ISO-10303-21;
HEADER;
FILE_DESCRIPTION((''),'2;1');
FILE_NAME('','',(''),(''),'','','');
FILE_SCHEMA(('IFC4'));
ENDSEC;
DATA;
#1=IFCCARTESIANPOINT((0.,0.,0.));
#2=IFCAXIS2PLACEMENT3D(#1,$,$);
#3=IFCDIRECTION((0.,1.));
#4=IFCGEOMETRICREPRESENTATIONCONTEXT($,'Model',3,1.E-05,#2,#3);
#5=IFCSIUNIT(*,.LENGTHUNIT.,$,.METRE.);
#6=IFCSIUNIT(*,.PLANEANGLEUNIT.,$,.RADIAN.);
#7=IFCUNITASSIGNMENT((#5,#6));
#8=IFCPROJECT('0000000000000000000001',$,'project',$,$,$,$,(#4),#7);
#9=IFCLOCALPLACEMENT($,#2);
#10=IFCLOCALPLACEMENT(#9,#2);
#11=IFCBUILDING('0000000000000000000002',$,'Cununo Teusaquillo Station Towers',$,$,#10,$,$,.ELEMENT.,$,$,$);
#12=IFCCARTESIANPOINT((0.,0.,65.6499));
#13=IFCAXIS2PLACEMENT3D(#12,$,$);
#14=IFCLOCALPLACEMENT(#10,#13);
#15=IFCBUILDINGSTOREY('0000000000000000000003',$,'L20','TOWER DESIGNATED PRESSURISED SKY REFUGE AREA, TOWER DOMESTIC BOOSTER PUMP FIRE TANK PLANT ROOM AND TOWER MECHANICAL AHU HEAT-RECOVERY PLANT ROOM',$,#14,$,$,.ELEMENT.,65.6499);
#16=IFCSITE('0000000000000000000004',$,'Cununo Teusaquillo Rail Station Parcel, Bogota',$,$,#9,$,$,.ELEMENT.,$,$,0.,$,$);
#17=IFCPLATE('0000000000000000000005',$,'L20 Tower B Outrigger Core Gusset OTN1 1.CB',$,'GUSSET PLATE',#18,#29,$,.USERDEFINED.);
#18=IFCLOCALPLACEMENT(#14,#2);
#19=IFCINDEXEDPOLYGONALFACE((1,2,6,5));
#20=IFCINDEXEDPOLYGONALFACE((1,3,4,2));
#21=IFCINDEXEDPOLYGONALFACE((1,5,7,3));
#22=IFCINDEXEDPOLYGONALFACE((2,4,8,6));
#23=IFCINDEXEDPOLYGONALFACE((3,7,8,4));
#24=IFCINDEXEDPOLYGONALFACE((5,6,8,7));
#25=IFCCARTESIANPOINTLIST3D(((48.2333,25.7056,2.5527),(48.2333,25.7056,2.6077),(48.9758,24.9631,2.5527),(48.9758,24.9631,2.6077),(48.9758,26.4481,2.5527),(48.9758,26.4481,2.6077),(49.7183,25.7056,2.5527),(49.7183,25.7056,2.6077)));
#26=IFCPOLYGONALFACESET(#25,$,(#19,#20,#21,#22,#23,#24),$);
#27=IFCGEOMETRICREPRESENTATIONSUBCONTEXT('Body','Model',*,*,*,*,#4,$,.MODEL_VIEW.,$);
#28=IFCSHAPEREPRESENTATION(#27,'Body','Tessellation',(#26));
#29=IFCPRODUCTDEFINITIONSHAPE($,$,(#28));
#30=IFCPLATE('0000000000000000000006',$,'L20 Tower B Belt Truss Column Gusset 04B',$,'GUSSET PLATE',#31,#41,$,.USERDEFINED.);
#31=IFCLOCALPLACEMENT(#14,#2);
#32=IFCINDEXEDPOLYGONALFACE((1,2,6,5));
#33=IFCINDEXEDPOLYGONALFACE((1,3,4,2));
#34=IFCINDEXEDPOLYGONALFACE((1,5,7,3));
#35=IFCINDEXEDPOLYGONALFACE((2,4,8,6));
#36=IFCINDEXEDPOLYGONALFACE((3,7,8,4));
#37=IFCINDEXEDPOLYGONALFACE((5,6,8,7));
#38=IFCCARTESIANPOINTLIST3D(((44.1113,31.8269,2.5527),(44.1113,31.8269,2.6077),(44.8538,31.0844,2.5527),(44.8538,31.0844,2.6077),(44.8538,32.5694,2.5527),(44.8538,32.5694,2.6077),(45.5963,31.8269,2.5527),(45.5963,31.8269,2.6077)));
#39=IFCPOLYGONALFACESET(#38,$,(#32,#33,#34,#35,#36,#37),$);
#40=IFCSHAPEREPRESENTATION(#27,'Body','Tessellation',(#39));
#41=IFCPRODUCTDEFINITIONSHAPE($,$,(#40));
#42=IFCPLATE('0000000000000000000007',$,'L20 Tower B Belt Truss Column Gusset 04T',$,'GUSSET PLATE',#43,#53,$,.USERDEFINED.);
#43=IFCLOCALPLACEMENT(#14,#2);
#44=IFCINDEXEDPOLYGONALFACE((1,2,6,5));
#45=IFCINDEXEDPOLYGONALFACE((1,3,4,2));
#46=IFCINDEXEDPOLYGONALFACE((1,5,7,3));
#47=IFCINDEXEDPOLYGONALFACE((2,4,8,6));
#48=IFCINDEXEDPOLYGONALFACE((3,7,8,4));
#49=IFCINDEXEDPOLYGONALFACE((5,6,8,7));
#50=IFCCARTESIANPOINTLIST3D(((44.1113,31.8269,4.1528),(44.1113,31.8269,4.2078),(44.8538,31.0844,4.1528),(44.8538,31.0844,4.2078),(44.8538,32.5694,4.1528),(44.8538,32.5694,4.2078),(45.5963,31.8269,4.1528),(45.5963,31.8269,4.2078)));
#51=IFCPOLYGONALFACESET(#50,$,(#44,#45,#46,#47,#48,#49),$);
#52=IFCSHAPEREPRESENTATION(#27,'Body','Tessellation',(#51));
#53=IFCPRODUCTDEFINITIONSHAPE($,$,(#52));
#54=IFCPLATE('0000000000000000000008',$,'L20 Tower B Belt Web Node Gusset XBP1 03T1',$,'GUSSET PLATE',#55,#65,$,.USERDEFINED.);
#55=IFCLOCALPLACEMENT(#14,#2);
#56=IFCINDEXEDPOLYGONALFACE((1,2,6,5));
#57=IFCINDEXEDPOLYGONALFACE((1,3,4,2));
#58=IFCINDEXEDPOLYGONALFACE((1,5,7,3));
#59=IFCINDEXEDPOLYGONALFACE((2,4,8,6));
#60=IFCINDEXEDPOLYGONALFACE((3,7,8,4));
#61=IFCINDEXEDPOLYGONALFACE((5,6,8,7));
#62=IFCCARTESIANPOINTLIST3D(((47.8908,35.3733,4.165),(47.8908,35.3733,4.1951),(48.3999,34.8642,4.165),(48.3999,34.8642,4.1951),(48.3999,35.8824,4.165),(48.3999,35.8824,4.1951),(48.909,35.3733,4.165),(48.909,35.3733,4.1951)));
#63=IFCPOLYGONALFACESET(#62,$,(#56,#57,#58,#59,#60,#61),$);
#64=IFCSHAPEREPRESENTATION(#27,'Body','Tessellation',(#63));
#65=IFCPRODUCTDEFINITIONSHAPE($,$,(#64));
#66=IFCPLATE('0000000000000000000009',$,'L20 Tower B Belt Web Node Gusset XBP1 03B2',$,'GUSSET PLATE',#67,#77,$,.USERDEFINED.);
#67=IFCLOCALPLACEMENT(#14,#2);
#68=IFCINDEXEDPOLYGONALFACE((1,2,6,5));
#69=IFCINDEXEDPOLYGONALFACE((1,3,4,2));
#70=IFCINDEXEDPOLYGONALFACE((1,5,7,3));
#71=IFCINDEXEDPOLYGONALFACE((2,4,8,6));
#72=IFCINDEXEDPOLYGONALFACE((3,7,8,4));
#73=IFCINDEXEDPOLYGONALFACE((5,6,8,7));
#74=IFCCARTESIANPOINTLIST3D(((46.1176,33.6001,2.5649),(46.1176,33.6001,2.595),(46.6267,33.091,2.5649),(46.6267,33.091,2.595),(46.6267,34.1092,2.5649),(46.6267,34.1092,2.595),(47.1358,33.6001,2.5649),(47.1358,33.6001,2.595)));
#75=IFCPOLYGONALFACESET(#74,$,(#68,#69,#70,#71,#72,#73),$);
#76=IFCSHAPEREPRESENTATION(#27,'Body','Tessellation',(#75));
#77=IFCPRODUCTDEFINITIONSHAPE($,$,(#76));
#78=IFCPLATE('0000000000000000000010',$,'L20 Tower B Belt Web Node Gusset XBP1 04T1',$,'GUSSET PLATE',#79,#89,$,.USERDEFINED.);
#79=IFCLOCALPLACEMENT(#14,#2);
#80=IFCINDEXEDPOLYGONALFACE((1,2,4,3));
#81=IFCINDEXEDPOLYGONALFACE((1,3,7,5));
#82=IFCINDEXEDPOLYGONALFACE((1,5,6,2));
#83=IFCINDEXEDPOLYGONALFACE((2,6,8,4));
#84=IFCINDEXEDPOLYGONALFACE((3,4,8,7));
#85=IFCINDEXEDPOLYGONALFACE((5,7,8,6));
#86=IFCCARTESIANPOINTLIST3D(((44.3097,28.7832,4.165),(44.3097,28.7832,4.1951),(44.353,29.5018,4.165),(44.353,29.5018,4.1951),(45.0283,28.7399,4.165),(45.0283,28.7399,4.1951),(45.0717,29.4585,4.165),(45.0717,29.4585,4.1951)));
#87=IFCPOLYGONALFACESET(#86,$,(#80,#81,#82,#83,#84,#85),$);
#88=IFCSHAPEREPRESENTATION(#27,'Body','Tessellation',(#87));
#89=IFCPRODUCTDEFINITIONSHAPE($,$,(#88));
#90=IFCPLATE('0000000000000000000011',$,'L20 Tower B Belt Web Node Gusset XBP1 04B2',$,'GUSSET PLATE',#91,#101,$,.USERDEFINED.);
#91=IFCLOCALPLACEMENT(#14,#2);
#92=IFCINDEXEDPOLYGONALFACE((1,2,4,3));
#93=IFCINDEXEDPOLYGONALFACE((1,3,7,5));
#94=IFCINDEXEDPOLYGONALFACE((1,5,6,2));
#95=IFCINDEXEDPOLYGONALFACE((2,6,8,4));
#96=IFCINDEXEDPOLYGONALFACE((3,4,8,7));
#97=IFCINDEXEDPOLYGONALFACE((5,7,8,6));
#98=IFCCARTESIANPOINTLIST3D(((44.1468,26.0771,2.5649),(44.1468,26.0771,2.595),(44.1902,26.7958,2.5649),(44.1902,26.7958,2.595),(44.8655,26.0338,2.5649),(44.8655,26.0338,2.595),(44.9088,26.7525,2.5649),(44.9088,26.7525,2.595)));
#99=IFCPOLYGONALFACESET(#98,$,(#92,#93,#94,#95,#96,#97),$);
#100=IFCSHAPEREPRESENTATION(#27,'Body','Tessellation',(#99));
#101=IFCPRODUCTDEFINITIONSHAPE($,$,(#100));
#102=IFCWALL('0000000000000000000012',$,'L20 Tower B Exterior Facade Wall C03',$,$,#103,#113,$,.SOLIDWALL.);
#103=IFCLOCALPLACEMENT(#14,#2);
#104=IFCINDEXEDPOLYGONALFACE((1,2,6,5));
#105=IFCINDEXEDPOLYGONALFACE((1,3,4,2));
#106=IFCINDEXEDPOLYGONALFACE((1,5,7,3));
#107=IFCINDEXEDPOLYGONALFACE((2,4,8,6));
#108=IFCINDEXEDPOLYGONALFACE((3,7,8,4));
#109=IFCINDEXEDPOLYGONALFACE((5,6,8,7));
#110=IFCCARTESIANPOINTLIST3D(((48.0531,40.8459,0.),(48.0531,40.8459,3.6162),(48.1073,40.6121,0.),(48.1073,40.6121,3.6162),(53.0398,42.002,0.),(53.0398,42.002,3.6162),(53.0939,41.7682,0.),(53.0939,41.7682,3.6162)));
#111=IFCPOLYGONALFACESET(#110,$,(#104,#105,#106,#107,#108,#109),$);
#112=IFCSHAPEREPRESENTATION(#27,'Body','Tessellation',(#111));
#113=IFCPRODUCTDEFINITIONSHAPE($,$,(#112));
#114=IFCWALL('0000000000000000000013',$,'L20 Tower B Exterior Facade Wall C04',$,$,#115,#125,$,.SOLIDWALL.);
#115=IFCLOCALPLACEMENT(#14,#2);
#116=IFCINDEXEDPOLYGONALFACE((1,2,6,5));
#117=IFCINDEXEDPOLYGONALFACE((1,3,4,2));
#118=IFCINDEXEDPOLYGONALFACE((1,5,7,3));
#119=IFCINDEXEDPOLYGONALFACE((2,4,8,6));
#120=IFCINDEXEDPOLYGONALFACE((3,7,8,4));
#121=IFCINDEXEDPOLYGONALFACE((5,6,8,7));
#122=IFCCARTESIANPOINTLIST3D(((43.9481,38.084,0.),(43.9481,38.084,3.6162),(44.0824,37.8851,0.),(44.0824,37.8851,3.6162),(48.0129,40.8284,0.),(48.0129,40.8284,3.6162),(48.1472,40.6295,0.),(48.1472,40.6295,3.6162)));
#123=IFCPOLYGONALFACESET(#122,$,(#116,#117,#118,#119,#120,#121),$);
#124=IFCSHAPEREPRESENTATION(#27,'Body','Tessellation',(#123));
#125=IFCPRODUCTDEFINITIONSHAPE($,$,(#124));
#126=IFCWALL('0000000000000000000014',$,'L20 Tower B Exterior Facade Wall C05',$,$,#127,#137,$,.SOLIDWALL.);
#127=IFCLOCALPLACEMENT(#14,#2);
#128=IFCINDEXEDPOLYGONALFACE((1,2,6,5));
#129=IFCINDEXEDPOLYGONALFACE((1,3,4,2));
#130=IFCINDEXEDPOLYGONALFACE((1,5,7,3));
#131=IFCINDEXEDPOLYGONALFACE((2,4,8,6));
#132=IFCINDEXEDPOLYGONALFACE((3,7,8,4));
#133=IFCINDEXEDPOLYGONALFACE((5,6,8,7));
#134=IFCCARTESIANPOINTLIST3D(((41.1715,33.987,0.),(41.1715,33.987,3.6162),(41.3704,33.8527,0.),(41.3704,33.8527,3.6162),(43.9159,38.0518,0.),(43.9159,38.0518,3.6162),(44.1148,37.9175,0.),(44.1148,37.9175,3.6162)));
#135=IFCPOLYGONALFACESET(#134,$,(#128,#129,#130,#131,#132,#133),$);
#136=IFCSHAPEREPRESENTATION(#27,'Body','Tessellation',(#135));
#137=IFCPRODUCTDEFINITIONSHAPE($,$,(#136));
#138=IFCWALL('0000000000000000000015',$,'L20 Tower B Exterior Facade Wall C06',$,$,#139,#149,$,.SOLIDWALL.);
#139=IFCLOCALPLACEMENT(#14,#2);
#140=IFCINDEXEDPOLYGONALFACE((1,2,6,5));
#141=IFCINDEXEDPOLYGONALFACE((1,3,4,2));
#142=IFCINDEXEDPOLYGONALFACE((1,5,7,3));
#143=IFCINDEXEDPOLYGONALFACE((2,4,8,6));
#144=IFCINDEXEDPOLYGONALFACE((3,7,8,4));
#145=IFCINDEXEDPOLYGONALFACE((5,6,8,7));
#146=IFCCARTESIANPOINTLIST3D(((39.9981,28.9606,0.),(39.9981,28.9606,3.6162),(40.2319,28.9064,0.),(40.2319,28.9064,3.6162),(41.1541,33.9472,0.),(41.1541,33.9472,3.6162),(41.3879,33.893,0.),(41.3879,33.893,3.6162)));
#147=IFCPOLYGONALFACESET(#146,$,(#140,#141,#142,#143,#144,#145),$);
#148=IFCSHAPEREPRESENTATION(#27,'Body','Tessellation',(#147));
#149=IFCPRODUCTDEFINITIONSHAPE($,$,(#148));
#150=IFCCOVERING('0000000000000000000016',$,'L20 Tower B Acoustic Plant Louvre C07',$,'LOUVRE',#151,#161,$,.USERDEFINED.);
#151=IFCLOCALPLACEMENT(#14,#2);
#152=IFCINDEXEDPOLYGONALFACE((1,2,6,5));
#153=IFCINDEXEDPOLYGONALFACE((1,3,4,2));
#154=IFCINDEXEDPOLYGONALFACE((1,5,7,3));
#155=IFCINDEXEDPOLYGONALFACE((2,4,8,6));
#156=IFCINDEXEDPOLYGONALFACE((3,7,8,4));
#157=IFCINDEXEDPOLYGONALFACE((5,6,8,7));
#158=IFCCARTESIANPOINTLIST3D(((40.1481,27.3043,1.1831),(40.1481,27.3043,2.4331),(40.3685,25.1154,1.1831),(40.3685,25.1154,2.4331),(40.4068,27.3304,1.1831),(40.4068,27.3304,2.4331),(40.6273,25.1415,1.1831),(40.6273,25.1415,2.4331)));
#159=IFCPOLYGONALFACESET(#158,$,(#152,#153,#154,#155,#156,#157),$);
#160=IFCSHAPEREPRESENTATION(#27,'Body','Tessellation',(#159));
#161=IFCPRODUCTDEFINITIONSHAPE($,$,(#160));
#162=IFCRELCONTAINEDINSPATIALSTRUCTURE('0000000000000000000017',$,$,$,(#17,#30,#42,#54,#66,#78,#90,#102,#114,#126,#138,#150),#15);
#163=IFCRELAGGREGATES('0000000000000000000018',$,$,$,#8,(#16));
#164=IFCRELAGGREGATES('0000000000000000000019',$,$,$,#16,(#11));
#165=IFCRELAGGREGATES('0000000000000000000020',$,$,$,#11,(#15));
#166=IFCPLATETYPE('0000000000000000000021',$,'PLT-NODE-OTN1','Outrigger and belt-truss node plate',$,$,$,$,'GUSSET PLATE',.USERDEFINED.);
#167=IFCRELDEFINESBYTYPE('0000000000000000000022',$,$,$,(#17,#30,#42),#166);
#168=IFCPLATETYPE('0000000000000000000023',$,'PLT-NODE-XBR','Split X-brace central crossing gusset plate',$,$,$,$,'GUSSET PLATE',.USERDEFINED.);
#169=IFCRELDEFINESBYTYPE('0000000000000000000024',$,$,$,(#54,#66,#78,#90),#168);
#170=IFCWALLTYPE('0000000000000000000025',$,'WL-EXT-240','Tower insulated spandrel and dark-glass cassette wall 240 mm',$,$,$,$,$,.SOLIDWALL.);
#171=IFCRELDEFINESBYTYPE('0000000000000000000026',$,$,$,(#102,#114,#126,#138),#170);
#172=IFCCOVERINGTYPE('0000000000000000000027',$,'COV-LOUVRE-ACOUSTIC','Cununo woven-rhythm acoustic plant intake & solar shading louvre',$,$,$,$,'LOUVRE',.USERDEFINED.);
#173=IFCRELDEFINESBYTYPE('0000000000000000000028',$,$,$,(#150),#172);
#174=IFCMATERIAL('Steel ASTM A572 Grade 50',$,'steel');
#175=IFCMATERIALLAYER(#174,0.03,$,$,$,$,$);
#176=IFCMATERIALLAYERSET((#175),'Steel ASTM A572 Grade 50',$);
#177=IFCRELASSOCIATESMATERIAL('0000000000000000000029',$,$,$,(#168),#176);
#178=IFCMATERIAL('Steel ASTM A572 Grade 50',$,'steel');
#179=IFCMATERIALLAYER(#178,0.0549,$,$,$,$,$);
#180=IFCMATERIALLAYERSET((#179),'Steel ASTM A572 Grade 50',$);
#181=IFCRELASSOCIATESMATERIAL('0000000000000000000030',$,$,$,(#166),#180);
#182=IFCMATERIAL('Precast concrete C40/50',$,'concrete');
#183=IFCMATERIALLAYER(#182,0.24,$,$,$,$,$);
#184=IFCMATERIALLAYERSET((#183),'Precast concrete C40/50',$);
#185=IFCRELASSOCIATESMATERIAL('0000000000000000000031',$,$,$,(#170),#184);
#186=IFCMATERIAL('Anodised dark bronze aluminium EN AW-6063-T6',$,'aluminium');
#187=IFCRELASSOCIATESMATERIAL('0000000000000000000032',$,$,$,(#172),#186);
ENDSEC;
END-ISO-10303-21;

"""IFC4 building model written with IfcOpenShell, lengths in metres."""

from ifc_helpers import new_model, si_unit, direction, frame, frame_2d, origin, origin_2d, place, context, subcontext, project, spatial, rectangle, extrude, source, transform, mapped, material, layer, layer_set, type_object, element, save


model = new_model("IFC4")

# Units and contexts
model_context = context("Model", 3, precision=1e-05, world=origin(), true_north=direction((0.0, 1.0)))
body_context = subcontext(model_context, "Body", "Model", "MODEL_VIEW")
ifc_project = project(units=[si_unit("LENGTHUNIT", "METRE"), si_unit("PLANEANGLEUNIT", "RADIAN")], contexts=[model_context])

# Site, building, storey
site_placement = place(None, origin())
site = spatial("IfcSite", under=ifc_project, at=site_placement, Name="Cununo Teusaquillo Rail Station Parcel, Bogota", CompositionType="ELEMENT", RefElevation=0.0)
building_placement = place(site_placement, origin())
building = spatial("IfcBuilding", under=site, at=building_placement, Name="Cununo Teusaquillo Station Towers", CompositionType="ELEMENT")
storey_placement = place(building_placement, frame((0.0, 0.0, 65.6499)))
storey = spatial("IfcBuildingStorey", under=building, at=storey_placement, Name="L20", Description="TOWER DESIGNATED PRESSURISED SKY REFUGE AREA, TOWER DOMESTIC BOOSTER PUMP FIRE TANK PLANT ROOM AND TOWER MECHANICAL AHU HEAT-RECOVERY PLANT ROOM", CompositionType="ELEMENT", Elevation=65.6499)

# Plates
ifc_material_1 = material(Name="Steel ASTM A572 Grade 50", Category="steel")
ifc_layer_1 = layer(ifc_material_1, 0.03)
ifc_layer_set_1 = layer_set([ifc_layer_1], Name="Steel ASTM A572 Grade 50")
plate_type_1 = type_object("IfcPlateType", Name="PLT-NODE-XBR", Description="Split X-brace central crossing gusset plate", ElementType="GUSSET PLATE", PredefinedType="USERDEFINED", material=ifc_layer_set_1)
ifc_material_2 = material(Name="Steel ASTM A572 Grade 50", Category="steel")
ifc_layer_2 = layer(ifc_material_2, 0.0549)
ifc_layer_set_2 = layer_set([ifc_layer_2], Name="Steel ASTM A572 Grade 50")
plate_type_2 = type_object("IfcPlateType", Name="PLT-NODE-OTN1", Description="Outrigger and belt-truss node plate", ElementType="GUSSET PLATE", PredefinedType="USERDEFINED", material=ifc_layer_set_2)
shared_shape_1 = source(origin(), body_context, "Body", "SweptSolid", [
    extrude(rectangle(XDim=1.05, YDim=1.05, at=origin_2d()), origin(), (0.0, 0.0, 1.0), 0.0549),
])
for number, where, z_axis, x_axis, name in (
    (1, (48.9758, 25.7056, 2.5527), (0.0, 0.0, 1.0), (0.707107, 0.707107, 0.0), "L20 Tower B Outrigger Core Gusset OTN1 1.CB"),
    (2, (44.8538, 31.8269, 2.5527), (0.0, 0.0, 1.0), (0.707107, 0.707107, 0.0), "L20 Tower B Belt Truss Column Gusset 04B"),
    (3, (44.8538, 31.8269, 4.1528), (0.0, 0.0, 1.0), (0.707107, 0.707107, 0.0), "L20 Tower B Belt Truss Column Gusset 04T"),
):
    element("IfcPlate", number, at=place(storey_placement, frame(where, z_axis=z_axis, x_axis=x_axis)), inside=storey, type_object=plate_type_2, Name=name, ObjectType="GUSSET PLATE", PredefinedType="USERDEFINED", context=body_context, shape_type="MappedRepresentation", body=[
        mapped(shared_shape_1, transform((0.0, 0.0, 0.0), x_axis=(1.0, 0.0, 0.0), y_axis=(0.0, 1.0, 0.0), z_axis=(0.0, 0.0, 1.0), scale=1.0)),
    ])
shared_shape_2 = source(origin(), body_context, "Body", "SweptSolid", [
    extrude(rectangle(XDim=0.72, YDim=0.72, at=origin_2d()), origin(), (0.0, 0.0, 1.0), 0.03),
])
for number, where, z_axis, x_axis, name in (
    (4, (48.3999, 35.3733, 4.165), (0.0, 0.0, 1.0), (-0.707107, -0.707107, 0.0), "L20 Tower B Belt Web Node Gusset XBP1 03T1"),
    (5, (46.6267, 33.6001, 2.5649), (0.0, 0.0, 1.0), (-0.707107, -0.707107, 0.0), "L20 Tower B Belt Web Node Gusset XBP1 03B2"),
    (6, (44.6907, 29.1208, 4.165), (0.0, 0.0, 1.0), (-0.060177, -0.998188, 0.0), "L20 Tower B Belt Web Node Gusset XBP1 04T1"),
    (7, (44.5278, 26.4148, 2.5649), (0.0, 0.0, 1.0), (-0.060177, -0.998188, 0.0), "L20 Tower B Belt Web Node Gusset XBP1 04B2"),
):
    element("IfcPlate", number, at=place(storey_placement, frame(where, z_axis=z_axis, x_axis=x_axis)), inside=storey, type_object=plate_type_1, Name=name, ObjectType="GUSSET PLATE", PredefinedType="USERDEFINED", context=body_context, shape_type="MappedRepresentation", body=[
        mapped(shared_shape_2, transform((0.0, 0.0, 0.0), x_axis=(1.0, 0.0, 0.0), y_axis=(0.0, 1.0, 0.0), z_axis=(0.0, 0.0, 1.0), scale=1.0)),
    ])

# Walls
ifc_material_3 = material(Name="Precast concrete C40/50", Category="concrete")
ifc_layer_3 = layer(ifc_material_3, 0.24)
ifc_layer_set_3 = layer_set([ifc_layer_3], Name="Precast concrete C40/50")
wall_type = type_object("IfcWallType", Name="WL-EXT-240", Description="Tower insulated spandrel and dark-glass cassette wall 240 mm", PredefinedType="SOLIDWALL", material=ifc_layer_set_3)
wall_1_placement = place(storey_placement, frame((48.0801, 40.729, 0.0), z_axis=(0.0, 0.0, 1.0), x_axis=(0.974166, 0.225835, 0.0)))
element("IfcWall", 8, at=wall_1_placement, inside=storey, type_object=wall_type, Name="L20 Tower B Exterior Facade Wall C03", PredefinedType="SOLIDWALL", context=body_context, shape_type="SweptSolid", body=[
    extrude(rectangle(XDim=5.1189, YDim=0.24, at=frame_2d((2.5596, 0.0))), origin(), (0.0, 0.0, 1.0), 3.6162),
])
for number, where, z_axis, x_axis, name in (
    (9, (44.0154, 37.9846, 0.0), (0.0, 0.0, 1.0), (0.828781, 0.559573, 0.0), "L20 Tower B Exterior Facade Wall C04"),
    (10, (41.271, 33.9199, 0.0), (0.0, 0.0, 1.0), (0.559573, 0.828781, 0.0), "L20 Tower B Exterior Facade Wall C05"),
):
    element("IfcWall", number, at=place(storey_placement, frame(where, z_axis=z_axis, x_axis=x_axis)), inside=storey, type_object=wall_type, Name=name, PredefinedType="SOLIDWALL", context=body_context, shape_type="SweptSolid", body=[
        extrude(rectangle(XDim=4.9045, YDim=0.24, at=frame_2d((2.4521, 0.0))), origin(), (0.0, 0.0, 1.0), 3.6162),
    ])
wall_2_placement = place(storey_placement, frame((40.115, 28.9333, 0.0), z_axis=(0.0, 0.0, 1.0), x_axis=(0.225835, 0.974166, 0.0)))
element("IfcWall", 11, at=wall_2_placement, inside=storey, type_object=wall_type, Name="L20 Tower B Exterior Facade Wall C06", PredefinedType="SOLIDWALL", context=body_context, shape_type="SweptSolid", body=[
    extrude(rectangle(XDim=5.1189, YDim=0.24, at=frame_2d((2.5596, 0.0))), origin(), (0.0, 0.0, 1.0), 3.6162),
])

# Covering
ifc_material_4 = material(Name="Anodised dark bronze aluminium EN AW-6063-T6", Category="aluminium")
covering_type = type_object("IfcCoveringType", Name="COV-LOUVRE-ACOUSTIC", Description="Cununo woven-rhythm acoustic plant intake & solar shading louvre", ElementType="LOUVRE", PredefinedType="USERDEFINED", material=ifc_material_4)
shared_shape_3 = source(origin(), body_context, "Body", "SweptSolid", [
    extrude(rectangle(XDim=2.2, YDim=0.26, at=origin_2d()), origin(), (0.0, 0.0, 1.0), 1.25),
])
covering_placement = place(storey_placement, frame((40.3877, 26.2229, 1.1831), z_axis=(0.0, 0.0, 1.0), x_axis=(-0.100188, 0.994969, 0.0)))
element("IfcCovering", 12, at=covering_placement, inside=storey, type_object=covering_type, Name="L20 Tower B Acoustic Plant Louvre C07", ObjectType="LOUVRE", PredefinedType="USERDEFINED", context=body_context, shape_type="MappedRepresentation", body=[
    mapped(shared_shape_3, transform((0.0, 0.0, 0.0), x_axis=(1.0, 0.0, 0.0), y_axis=(0.0, 1.0, 0.0), z_axis=(0.0, 0.0, 1.0), scale=1.0)),
])

save(model, "model.ifc")
